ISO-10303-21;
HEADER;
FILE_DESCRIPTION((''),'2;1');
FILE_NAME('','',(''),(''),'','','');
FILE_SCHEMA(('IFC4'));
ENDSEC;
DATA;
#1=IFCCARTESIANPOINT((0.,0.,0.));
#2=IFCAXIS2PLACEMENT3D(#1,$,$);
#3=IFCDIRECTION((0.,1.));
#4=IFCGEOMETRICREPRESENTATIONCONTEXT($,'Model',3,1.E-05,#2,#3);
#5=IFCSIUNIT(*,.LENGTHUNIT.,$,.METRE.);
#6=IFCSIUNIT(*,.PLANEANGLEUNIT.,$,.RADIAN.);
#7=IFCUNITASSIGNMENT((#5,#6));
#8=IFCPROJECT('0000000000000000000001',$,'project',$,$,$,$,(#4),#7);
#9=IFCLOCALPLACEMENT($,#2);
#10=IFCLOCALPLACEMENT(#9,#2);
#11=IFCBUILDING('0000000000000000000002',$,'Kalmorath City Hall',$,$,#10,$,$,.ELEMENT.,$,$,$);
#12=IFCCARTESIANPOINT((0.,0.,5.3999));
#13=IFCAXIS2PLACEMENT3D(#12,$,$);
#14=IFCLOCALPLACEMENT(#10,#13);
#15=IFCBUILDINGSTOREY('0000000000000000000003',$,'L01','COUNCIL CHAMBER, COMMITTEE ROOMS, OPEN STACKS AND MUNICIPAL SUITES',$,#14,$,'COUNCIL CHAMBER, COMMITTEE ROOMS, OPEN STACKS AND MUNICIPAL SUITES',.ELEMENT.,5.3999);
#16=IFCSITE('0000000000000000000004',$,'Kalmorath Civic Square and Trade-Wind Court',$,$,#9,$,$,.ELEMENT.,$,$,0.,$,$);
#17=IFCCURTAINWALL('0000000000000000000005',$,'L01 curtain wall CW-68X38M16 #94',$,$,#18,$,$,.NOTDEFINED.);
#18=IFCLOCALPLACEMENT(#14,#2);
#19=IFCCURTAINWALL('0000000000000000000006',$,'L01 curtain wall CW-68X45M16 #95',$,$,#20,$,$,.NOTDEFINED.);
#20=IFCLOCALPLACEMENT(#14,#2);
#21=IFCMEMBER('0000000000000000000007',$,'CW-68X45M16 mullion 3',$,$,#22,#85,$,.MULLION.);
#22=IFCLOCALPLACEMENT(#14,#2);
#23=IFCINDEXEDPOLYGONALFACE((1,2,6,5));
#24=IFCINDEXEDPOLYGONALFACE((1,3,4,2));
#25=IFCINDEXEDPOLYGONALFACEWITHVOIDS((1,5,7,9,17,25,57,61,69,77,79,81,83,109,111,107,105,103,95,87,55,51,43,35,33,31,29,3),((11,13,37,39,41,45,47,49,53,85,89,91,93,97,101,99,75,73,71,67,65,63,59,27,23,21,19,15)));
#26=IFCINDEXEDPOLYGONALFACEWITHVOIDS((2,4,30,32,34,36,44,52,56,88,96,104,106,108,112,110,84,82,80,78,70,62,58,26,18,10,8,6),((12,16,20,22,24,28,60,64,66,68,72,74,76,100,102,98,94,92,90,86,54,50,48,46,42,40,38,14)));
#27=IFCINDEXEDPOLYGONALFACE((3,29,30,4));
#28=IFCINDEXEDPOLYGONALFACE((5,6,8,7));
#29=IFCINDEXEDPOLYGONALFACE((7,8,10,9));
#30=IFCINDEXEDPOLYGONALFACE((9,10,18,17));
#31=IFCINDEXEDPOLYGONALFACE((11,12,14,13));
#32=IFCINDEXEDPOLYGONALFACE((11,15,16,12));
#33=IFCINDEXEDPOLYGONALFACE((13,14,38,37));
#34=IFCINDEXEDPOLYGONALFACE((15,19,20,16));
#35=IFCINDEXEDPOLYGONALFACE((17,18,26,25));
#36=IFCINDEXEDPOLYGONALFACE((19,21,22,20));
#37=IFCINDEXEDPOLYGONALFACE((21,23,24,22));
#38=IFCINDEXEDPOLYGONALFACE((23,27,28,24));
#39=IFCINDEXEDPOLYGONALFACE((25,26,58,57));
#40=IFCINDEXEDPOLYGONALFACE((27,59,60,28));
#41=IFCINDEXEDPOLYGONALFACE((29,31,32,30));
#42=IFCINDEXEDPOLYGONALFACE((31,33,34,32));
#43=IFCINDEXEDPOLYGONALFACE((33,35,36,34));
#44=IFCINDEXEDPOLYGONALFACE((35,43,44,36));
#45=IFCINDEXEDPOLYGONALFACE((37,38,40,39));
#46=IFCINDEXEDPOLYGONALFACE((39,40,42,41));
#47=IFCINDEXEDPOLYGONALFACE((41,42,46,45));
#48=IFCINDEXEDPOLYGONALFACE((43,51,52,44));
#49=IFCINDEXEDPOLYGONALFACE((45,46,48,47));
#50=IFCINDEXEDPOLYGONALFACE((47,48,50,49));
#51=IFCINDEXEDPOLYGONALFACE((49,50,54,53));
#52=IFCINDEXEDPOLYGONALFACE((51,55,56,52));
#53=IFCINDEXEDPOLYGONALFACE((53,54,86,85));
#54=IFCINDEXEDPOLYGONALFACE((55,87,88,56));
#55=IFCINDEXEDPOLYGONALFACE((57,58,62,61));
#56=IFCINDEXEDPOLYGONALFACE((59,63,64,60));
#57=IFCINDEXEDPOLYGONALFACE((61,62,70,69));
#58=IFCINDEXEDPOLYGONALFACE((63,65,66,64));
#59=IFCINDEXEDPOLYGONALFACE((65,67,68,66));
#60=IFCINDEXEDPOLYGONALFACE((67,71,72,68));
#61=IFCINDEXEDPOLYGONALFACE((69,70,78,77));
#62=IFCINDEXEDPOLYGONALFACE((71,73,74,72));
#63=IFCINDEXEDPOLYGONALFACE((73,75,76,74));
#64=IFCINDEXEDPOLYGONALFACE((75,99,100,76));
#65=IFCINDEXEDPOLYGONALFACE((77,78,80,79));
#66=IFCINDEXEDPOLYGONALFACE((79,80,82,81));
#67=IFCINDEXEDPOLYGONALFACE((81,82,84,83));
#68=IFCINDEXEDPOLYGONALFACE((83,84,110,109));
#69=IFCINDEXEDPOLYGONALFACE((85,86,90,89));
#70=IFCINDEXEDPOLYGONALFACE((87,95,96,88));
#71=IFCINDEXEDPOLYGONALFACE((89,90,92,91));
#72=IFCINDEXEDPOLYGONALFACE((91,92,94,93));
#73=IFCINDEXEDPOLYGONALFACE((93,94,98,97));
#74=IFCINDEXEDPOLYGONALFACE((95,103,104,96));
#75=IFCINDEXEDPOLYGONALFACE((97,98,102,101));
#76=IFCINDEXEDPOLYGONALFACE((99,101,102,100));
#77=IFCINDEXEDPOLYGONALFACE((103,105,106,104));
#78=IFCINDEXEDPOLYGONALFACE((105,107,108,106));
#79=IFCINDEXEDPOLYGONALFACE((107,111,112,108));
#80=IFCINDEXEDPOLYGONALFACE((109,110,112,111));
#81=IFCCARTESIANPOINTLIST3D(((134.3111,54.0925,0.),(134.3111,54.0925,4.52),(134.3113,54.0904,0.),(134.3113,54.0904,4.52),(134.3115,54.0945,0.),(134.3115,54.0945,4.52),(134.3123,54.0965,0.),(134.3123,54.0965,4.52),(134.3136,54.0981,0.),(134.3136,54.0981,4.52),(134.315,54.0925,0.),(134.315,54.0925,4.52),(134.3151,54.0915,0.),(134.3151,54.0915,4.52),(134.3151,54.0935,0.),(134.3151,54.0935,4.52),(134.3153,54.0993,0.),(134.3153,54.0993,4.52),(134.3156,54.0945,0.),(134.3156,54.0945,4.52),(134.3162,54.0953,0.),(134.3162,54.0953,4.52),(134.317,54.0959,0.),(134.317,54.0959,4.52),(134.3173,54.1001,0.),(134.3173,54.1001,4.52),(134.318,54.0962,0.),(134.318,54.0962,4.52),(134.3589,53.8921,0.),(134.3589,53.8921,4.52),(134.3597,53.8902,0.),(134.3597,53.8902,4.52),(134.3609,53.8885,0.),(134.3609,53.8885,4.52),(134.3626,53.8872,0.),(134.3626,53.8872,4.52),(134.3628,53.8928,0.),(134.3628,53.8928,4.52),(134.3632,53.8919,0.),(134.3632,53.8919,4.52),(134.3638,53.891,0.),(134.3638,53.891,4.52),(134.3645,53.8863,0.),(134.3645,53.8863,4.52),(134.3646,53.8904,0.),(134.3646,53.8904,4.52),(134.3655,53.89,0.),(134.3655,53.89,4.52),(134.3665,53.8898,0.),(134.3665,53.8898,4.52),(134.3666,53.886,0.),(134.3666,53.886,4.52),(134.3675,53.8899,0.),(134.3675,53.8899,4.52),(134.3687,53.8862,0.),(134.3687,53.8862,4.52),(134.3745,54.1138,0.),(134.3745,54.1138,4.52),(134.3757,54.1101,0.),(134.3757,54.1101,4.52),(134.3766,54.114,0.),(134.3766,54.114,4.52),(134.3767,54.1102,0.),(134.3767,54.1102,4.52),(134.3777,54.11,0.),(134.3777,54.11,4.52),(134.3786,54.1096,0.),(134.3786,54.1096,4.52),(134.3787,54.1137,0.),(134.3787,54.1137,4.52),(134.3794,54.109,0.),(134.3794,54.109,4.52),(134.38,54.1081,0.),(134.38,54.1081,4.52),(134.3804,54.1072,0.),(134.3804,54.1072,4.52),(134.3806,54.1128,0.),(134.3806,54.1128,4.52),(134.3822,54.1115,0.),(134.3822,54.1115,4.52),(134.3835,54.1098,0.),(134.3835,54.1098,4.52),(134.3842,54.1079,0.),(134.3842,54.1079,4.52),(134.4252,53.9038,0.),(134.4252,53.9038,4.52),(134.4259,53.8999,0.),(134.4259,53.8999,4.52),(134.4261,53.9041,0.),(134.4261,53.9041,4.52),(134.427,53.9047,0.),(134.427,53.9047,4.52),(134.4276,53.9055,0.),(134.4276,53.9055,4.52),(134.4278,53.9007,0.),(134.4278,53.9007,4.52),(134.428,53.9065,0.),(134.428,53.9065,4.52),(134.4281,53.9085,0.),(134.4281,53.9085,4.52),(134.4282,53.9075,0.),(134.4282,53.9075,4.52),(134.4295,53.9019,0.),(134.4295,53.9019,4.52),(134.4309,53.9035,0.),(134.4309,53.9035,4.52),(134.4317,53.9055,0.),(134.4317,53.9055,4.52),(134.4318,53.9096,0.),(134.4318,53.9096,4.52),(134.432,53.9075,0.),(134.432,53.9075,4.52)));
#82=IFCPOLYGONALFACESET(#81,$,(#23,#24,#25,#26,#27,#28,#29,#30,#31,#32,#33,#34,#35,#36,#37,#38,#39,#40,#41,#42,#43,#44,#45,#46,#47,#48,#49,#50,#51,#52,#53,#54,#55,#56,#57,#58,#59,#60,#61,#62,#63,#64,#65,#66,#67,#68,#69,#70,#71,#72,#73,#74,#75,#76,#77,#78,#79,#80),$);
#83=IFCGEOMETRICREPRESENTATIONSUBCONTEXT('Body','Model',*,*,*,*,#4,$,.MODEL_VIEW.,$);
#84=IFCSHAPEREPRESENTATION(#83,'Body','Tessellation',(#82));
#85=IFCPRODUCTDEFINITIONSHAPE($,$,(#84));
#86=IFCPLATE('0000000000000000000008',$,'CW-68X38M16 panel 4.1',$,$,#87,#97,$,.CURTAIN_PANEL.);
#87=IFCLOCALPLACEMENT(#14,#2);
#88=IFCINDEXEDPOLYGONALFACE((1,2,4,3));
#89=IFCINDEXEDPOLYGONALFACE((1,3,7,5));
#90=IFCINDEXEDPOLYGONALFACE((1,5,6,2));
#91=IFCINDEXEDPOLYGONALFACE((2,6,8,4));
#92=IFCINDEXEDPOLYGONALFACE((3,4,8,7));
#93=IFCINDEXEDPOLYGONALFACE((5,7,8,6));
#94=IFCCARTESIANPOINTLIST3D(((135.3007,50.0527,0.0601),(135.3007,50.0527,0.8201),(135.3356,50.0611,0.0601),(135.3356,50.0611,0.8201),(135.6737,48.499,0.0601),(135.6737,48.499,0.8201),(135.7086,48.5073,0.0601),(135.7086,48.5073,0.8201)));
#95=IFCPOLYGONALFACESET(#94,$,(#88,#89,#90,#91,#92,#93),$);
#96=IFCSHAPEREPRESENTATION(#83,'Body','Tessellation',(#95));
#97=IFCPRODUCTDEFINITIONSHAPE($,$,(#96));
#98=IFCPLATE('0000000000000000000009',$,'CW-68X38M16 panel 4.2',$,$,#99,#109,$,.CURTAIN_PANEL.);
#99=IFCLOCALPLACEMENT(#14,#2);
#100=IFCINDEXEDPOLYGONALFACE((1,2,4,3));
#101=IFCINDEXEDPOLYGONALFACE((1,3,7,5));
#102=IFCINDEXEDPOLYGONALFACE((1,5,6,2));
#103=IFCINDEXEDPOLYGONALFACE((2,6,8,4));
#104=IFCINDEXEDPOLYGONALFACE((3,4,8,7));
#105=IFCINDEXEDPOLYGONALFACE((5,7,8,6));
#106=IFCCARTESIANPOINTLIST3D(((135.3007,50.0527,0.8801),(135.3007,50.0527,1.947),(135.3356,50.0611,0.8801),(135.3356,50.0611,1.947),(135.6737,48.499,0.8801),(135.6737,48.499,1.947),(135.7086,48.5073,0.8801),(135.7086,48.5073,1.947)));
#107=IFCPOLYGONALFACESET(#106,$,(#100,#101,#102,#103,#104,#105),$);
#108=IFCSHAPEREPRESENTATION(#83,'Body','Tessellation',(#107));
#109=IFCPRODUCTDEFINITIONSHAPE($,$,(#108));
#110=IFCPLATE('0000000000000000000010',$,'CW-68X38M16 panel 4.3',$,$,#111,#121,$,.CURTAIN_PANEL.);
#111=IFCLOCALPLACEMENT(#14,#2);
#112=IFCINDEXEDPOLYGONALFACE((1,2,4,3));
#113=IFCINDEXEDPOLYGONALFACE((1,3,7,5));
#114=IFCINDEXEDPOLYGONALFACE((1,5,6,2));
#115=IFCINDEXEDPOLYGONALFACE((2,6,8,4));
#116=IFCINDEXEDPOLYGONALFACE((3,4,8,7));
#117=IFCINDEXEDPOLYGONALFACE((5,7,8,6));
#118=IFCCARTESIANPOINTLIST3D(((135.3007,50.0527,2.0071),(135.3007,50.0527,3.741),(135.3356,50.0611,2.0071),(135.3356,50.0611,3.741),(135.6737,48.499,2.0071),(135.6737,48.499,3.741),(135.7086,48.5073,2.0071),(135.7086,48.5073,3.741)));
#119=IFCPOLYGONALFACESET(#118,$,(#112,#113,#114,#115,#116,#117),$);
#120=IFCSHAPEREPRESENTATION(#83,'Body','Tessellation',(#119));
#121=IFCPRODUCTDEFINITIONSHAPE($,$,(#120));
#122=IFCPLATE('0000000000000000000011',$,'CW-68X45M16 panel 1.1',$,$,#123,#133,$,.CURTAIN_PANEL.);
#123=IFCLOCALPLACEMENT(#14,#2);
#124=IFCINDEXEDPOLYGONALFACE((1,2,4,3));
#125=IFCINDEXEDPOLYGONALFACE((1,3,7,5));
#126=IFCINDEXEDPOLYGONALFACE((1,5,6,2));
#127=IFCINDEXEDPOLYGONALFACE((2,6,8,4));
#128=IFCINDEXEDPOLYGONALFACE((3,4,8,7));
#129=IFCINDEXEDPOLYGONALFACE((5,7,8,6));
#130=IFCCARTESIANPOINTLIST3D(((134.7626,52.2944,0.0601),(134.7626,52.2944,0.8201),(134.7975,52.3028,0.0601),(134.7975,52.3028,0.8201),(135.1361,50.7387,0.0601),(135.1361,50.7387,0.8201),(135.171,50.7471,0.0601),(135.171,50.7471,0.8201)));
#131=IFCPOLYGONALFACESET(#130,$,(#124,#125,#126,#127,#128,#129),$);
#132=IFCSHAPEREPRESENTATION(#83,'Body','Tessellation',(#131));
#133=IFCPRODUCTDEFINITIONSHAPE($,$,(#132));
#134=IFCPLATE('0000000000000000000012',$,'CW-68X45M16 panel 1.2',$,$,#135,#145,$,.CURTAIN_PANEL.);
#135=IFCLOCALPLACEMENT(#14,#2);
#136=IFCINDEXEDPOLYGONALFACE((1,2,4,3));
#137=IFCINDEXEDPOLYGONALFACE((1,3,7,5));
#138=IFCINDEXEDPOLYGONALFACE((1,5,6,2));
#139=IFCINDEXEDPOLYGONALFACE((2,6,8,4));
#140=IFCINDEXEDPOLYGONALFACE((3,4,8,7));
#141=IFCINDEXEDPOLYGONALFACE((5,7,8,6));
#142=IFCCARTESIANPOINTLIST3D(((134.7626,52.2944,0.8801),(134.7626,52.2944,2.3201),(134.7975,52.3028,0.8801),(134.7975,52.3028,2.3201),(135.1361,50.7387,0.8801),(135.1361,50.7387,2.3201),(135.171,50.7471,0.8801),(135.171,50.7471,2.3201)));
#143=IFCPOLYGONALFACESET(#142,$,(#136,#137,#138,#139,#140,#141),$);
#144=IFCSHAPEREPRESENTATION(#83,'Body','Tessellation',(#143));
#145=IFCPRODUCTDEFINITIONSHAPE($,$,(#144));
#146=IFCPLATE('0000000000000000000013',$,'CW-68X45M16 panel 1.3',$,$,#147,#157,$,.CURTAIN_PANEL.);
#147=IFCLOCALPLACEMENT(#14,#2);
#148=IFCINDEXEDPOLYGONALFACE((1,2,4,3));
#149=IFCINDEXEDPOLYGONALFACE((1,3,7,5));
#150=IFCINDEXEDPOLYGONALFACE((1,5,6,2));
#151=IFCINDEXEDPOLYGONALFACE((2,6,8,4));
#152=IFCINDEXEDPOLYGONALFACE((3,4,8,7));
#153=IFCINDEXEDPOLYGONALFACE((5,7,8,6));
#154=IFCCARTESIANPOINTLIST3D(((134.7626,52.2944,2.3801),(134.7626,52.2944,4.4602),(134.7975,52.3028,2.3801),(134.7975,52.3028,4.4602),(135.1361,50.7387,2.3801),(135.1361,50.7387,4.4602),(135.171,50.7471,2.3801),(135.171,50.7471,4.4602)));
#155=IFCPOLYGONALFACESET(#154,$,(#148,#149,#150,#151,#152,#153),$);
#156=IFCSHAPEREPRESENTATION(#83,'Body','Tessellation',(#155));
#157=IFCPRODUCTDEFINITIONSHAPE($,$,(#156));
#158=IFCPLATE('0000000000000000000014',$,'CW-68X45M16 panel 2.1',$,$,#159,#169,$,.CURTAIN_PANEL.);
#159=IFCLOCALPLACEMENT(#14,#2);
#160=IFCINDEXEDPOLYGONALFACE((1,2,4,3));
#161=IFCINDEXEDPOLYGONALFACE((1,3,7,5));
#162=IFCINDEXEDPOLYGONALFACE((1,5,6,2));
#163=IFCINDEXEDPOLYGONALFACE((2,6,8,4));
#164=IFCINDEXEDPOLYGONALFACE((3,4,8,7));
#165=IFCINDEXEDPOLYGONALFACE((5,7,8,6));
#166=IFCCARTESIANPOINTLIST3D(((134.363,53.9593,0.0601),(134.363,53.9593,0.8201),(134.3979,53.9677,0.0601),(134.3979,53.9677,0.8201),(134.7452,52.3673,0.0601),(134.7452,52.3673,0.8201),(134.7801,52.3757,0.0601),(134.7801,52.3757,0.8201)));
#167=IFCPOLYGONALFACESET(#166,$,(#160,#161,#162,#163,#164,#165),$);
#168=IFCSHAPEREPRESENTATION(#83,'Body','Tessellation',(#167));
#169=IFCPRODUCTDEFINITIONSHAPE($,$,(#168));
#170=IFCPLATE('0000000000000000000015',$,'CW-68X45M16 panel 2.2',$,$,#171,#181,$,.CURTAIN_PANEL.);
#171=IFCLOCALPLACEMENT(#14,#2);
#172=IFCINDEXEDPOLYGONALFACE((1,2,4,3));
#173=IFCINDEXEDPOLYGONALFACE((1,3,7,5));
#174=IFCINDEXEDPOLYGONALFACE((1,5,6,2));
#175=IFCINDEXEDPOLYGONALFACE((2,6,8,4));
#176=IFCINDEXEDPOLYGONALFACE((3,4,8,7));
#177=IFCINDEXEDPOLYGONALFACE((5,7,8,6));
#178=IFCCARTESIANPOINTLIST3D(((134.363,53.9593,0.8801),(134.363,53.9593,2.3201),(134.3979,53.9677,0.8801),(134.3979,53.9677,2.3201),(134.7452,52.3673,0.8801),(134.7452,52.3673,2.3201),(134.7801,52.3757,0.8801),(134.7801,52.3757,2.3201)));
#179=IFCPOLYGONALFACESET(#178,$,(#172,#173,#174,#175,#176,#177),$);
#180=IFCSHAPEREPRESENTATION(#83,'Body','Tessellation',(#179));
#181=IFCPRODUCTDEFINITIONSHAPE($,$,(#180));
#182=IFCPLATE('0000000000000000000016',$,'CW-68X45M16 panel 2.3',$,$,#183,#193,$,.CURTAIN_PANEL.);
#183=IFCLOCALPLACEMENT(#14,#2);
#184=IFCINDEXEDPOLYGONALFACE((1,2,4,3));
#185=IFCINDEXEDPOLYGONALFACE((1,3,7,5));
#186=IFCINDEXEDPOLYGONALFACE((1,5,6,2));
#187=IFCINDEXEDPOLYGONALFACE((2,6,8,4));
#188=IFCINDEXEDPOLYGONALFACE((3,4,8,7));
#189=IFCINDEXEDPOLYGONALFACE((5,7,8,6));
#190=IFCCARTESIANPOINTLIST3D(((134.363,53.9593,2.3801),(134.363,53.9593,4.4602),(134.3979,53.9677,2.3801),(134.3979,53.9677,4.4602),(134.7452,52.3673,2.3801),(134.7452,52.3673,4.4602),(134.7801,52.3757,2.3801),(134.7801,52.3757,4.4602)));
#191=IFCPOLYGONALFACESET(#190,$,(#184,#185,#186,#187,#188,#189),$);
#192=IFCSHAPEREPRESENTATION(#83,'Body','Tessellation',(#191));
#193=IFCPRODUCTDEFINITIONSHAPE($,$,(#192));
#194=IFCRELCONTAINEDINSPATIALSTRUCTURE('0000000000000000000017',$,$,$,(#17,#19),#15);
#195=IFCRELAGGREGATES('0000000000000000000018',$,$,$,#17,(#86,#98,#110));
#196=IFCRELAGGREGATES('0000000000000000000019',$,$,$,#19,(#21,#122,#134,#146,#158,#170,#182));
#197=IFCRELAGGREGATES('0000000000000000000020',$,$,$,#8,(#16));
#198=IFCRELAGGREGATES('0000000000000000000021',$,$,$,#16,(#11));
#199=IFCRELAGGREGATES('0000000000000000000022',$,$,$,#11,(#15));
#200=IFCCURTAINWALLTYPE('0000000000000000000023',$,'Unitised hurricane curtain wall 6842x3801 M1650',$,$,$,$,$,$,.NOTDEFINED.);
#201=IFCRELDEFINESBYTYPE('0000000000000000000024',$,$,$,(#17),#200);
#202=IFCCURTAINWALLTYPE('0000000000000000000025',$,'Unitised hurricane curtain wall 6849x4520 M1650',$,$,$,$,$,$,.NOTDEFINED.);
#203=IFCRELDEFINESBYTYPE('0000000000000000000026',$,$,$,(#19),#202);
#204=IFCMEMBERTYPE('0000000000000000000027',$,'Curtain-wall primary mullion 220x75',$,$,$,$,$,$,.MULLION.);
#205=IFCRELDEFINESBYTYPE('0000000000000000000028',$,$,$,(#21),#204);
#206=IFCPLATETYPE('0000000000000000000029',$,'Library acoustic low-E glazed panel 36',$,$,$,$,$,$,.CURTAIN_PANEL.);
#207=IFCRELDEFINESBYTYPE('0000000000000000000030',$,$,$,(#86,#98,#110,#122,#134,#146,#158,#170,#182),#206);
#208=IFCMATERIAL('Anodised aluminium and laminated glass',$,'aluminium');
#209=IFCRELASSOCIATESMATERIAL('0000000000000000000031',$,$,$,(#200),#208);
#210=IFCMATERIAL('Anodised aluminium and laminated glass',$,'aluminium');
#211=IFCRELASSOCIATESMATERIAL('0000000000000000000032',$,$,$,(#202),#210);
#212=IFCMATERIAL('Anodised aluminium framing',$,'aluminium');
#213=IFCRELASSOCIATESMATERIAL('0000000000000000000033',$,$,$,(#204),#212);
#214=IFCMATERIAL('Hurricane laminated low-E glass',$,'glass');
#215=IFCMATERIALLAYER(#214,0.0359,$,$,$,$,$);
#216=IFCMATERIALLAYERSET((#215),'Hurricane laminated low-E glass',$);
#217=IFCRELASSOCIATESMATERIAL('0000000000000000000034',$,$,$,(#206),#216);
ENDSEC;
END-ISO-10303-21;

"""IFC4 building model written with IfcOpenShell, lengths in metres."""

from ifc_helpers import new_model, si_unit, direction, frame, origin, origin_2d, place, context, subcontext, project, spatial, rectangle, hollow_rectangle, extrude, material, layer, layer_set, material_profile, profile_set, type_object, element, aggregate, save


model = new_model("IFC4")

# Units and contexts
model_context = context("Model", 3, precision=1e-05, world=origin(), true_north=direction((0.0, 1.0)))
body_context = subcontext(model_context, "Body", "Model", "MODEL_VIEW")
ifc_project = project(units=[si_unit("LENGTHUNIT", "METRE"), si_unit("PLANEANGLEUNIT", "RADIAN")], contexts=[model_context])

# Site, building, storey
site_placement = place(None, origin())
site = spatial("IfcSite", under=ifc_project, at=site_placement, Name="Kalmorath Civic Square and Trade-Wind Court", CompositionType="ELEMENT", RefElevation=0.0)
building_placement = place(site_placement, origin())
building = spatial("IfcBuilding", under=site, at=building_placement, Name="Kalmorath City Hall", CompositionType="ELEMENT")
storey_placement = place(building_placement, frame((0.0, 0.0, 5.3999)))
storey = spatial("IfcBuildingStorey", under=building, at=storey_placement, Name="L01", Description="COUNCIL CHAMBER, COMMITTEE ROOMS, OPEN STACKS AND MUNICIPAL SUITES", LongName="COUNCIL CHAMBER, COMMITTEE ROOMS, OPEN STACKS AND MUNICIPAL SUITES", CompositionType="ELEMENT", Elevation=5.3999)

# Curtain walls
ifc_material_1 = material(Name="Anodised aluminium and laminated glass", Category="aluminium")
curtain_wall_type_1 = type_object("IfcCurtainWallType", Name="Unitised hurricane curtain wall 6842x3801 M1650", PredefinedType="NOTDEFINED", material=ifc_material_1)
curtain_wall_1_placement = place(storey_placement, origin())
curtain_wall_1 = element("IfcCurtainWall", 1, at=curtain_wall_1_placement, inside=storey, type_object=curtain_wall_type_1, Name="L01 curtain wall CW-68X38M16 #94", PredefinedType="NOTDEFINED")
ifc_material_2 = material(Name="Anodised aluminium and laminated glass", Category="aluminium")
curtain_wall_type_2 = type_object("IfcCurtainWallType", Name="Unitised hurricane curtain wall 6849x4520 M1650", PredefinedType="NOTDEFINED", material=ifc_material_2)
curtain_wall_2_placement = place(storey_placement, origin())
curtain_wall_2 = element("IfcCurtainWall", 2, at=curtain_wall_2_placement, inside=storey, type_object=curtain_wall_type_2, Name="L01 curtain wall CW-68X45M16 #95", PredefinedType="NOTDEFINED")

# Member
ifc_material_3 = material(Name="Anodised aluminium framing", Category="aluminium")
ifc_material_profile_1 = material_profile(ifc_material_3, hollow_rectangle(XDim=0.075, YDim=0.22, WallThickness=0.0039, InnerFilletRadius=0.0039, OuterFilletRadius=0.0081, at=origin_2d()), Name="ALU-MUL-220X75X4")
ifc_profile_set_1 = profile_set([ifc_material_profile_1], Name="Anodised aluminium framing")
member_type_1 = type_object("IfcMemberType", Name="Curtain-wall primary mullion 220x75", PredefinedType="MULLION", material=ifc_profile_set_1)
member_1_placement = place(storey_placement, frame((134.3716, 54.0, 0.0), z_axis=(0.0, 0.0, 1.0), x_axis=(-0.972367, -0.233456, 0.0)))
member_1 = element("IfcMember", 3, at=member_1_placement, type_object=member_type_1, Name="CW-68X45M16 mullion 3", PredefinedType="MULLION", context=body_context, shape_type="SweptSolid", body=[
    extrude(hollow_rectangle(XDim=0.075, YDim=0.22, WallThickness=0.0039, InnerFilletRadius=0.0039, OuterFilletRadius=0.0081, at=origin_2d()), origin(), (0.0, 0.0, 1.0), 4.52),
])

# Plates
ifc_material_4 = material(Name="Hurricane laminated low-E glass", Category="glass")
ifc_layer = layer(ifc_material_4, 0.0359)
ifc_layer_set = layer_set([ifc_layer], Name="Hurricane laminated low-E glass")
plate_type = type_object("IfcPlateType", Name="Library acoustic low-E glazed panel 36", PredefinedType="CURTAIN_PANEL", material=ifc_layer_set)
plate_1_placement = place(storey_placement, frame((135.5046, 49.28, 0.0601), z_axis=(0.0, 0.0, 1.0), x_axis=(-0.233453, 0.972368, 0.0)))
plate_1 = element("IfcPlate", 4, at=plate_1_placement, type_object=plate_type, Name="CW-68X38M16 panel 4.1", PredefinedType="CURTAIN_PANEL", context=body_context, shape_type="SweptSolid", body=[
    extrude(rectangle(XDim=1.5979, YDim=0.0359, at=origin_2d()), origin(), (0.0, 0.0, 1.0), 0.76),
])
plate_2_placement = place(storey_placement, frame((135.5046, 49.28, 0.8801), z_axis=(0.0, 0.0, 1.0), x_axis=(-0.233453, 0.972368, 0.0)))
plate_2 = element("IfcPlate", 5, at=plate_2_placement, type_object=plate_type, Name="CW-68X38M16 panel 4.2", PredefinedType="CURTAIN_PANEL", context=body_context, shape_type="SweptSolid", body=[
    extrude(rectangle(XDim=1.5979, YDim=0.0359, at=origin_2d()), origin(), (0.0, 0.0, 1.0), 1.0669),
])
plate_3_placement = place(storey_placement, frame((135.5046, 49.28, 2.0071), z_axis=(0.0, 0.0, 1.0), x_axis=(-0.233453, 0.972368, 0.0)))
plate_3 = element("IfcPlate", 6, at=plate_3_placement, type_object=plate_type, Name="CW-68X38M16 panel 4.3", PredefinedType="CURTAIN_PANEL", context=body_context, shape_type="SweptSolid", body=[
    extrude(rectangle(XDim=1.5979, YDim=0.0359, at=origin_2d()), origin(), (0.0, 0.0, 1.0), 1.7339),
])
aggregate(curtain_wall_1, [plate_1, plate_2, plate_3])
plate_4_placement = place(storey_placement, frame((134.9668, 51.5208, 0.0601), z_axis=(0.0, 0.0, 1.0), x_axis=(-0.233456, 0.972367, 0.0)))
plate_4 = element("IfcPlate", 7, at=plate_4_placement, type_object=plate_type, Name="CW-68X45M16 panel 1.1", PredefinedType="CURTAIN_PANEL", context=body_context, shape_type="SweptSolid", body=[
    extrude(rectangle(XDim=1.5999, YDim=0.0359, at=origin_2d()), origin(), (0.0, 0.0, 1.0), 0.76),
])
plate_5_placement = place(storey_placement, frame((134.9668, 51.5208, 0.8801), z_axis=(0.0, 0.0, 1.0), x_axis=(-0.233456, 0.972367, 0.0)))
plate_5 = element("IfcPlate", 8, at=plate_5_placement, type_object=plate_type, Name="CW-68X45M16 panel 1.2", PredefinedType="CURTAIN_PANEL", context=body_context, shape_type="SweptSolid", body=[
    extrude(rectangle(XDim=1.5999, YDim=0.0359, at=origin_2d()), origin(), (0.0, 0.0, 1.0), 1.4399),
])
plate_6_placement = place(storey_placement, frame((134.9668, 51.5208, 2.3801), z_axis=(0.0, 0.0, 1.0), x_axis=(-0.233456, 0.972367, 0.0)))
plate_6 = element("IfcPlate", 9, at=plate_6_placement, type_object=plate_type, Name="CW-68X45M16 panel 1.3", PredefinedType="CURTAIN_PANEL", context=body_context, shape_type="SweptSolid", body=[
    extrude(rectangle(XDim=1.5999, YDim=0.0359, at=origin_2d()), origin(), (0.0, 0.0, 1.0), 2.0801),
])
plate_7_placement = place(storey_placement, frame((134.5715, 53.1675, 0.0601), z_axis=(0.0, 0.0, 1.0), x_axis=(-0.233456, 0.972367, 0.0)))
plate_7 = element("IfcPlate", 10, at=plate_7_placement, type_object=plate_type, Name="CW-68X45M16 panel 2.1", PredefinedType="CURTAIN_PANEL", context=body_context, shape_type="SweptSolid", body=[
    extrude(rectangle(XDim=1.6372, YDim=0.0359, at=origin_2d()), origin(), (0.0, 0.0, 1.0), 0.76),
])
plate_8_placement = place(storey_placement, frame((134.5715, 53.1675, 0.8801), z_axis=(0.0, 0.0, 1.0), x_axis=(-0.233456, 0.972367, 0.0)))
plate_8 = element("IfcPlate", 11, at=plate_8_placement, type_object=plate_type, Name="CW-68X45M16 panel 2.2", PredefinedType="CURTAIN_PANEL", context=body_context, shape_type="SweptSolid", body=[
    extrude(rectangle(XDim=1.6372, YDim=0.0359, at=origin_2d()), origin(), (0.0, 0.0, 1.0), 1.4399),
])
plate_9_placement = place(storey_placement, frame((134.5715, 53.1675, 2.3801), z_axis=(0.0, 0.0, 1.0), x_axis=(-0.233456, 0.972367, 0.0)))
plate_9 = element("IfcPlate", 12, at=plate_9_placement, type_object=plate_type, Name="CW-68X45M16 panel 2.3", PredefinedType="CURTAIN_PANEL", context=body_context, shape_type="SweptSolid", body=[
    extrude(rectangle(XDim=1.6372, YDim=0.0359, at=origin_2d()), origin(), (0.0, 0.0, 1.0), 2.0801),
])
aggregate(curtain_wall_2, [member_1, plate_4, plate_5, plate_6, plate_7, plate_8, plate_9])

save(model, "model.ifc")
